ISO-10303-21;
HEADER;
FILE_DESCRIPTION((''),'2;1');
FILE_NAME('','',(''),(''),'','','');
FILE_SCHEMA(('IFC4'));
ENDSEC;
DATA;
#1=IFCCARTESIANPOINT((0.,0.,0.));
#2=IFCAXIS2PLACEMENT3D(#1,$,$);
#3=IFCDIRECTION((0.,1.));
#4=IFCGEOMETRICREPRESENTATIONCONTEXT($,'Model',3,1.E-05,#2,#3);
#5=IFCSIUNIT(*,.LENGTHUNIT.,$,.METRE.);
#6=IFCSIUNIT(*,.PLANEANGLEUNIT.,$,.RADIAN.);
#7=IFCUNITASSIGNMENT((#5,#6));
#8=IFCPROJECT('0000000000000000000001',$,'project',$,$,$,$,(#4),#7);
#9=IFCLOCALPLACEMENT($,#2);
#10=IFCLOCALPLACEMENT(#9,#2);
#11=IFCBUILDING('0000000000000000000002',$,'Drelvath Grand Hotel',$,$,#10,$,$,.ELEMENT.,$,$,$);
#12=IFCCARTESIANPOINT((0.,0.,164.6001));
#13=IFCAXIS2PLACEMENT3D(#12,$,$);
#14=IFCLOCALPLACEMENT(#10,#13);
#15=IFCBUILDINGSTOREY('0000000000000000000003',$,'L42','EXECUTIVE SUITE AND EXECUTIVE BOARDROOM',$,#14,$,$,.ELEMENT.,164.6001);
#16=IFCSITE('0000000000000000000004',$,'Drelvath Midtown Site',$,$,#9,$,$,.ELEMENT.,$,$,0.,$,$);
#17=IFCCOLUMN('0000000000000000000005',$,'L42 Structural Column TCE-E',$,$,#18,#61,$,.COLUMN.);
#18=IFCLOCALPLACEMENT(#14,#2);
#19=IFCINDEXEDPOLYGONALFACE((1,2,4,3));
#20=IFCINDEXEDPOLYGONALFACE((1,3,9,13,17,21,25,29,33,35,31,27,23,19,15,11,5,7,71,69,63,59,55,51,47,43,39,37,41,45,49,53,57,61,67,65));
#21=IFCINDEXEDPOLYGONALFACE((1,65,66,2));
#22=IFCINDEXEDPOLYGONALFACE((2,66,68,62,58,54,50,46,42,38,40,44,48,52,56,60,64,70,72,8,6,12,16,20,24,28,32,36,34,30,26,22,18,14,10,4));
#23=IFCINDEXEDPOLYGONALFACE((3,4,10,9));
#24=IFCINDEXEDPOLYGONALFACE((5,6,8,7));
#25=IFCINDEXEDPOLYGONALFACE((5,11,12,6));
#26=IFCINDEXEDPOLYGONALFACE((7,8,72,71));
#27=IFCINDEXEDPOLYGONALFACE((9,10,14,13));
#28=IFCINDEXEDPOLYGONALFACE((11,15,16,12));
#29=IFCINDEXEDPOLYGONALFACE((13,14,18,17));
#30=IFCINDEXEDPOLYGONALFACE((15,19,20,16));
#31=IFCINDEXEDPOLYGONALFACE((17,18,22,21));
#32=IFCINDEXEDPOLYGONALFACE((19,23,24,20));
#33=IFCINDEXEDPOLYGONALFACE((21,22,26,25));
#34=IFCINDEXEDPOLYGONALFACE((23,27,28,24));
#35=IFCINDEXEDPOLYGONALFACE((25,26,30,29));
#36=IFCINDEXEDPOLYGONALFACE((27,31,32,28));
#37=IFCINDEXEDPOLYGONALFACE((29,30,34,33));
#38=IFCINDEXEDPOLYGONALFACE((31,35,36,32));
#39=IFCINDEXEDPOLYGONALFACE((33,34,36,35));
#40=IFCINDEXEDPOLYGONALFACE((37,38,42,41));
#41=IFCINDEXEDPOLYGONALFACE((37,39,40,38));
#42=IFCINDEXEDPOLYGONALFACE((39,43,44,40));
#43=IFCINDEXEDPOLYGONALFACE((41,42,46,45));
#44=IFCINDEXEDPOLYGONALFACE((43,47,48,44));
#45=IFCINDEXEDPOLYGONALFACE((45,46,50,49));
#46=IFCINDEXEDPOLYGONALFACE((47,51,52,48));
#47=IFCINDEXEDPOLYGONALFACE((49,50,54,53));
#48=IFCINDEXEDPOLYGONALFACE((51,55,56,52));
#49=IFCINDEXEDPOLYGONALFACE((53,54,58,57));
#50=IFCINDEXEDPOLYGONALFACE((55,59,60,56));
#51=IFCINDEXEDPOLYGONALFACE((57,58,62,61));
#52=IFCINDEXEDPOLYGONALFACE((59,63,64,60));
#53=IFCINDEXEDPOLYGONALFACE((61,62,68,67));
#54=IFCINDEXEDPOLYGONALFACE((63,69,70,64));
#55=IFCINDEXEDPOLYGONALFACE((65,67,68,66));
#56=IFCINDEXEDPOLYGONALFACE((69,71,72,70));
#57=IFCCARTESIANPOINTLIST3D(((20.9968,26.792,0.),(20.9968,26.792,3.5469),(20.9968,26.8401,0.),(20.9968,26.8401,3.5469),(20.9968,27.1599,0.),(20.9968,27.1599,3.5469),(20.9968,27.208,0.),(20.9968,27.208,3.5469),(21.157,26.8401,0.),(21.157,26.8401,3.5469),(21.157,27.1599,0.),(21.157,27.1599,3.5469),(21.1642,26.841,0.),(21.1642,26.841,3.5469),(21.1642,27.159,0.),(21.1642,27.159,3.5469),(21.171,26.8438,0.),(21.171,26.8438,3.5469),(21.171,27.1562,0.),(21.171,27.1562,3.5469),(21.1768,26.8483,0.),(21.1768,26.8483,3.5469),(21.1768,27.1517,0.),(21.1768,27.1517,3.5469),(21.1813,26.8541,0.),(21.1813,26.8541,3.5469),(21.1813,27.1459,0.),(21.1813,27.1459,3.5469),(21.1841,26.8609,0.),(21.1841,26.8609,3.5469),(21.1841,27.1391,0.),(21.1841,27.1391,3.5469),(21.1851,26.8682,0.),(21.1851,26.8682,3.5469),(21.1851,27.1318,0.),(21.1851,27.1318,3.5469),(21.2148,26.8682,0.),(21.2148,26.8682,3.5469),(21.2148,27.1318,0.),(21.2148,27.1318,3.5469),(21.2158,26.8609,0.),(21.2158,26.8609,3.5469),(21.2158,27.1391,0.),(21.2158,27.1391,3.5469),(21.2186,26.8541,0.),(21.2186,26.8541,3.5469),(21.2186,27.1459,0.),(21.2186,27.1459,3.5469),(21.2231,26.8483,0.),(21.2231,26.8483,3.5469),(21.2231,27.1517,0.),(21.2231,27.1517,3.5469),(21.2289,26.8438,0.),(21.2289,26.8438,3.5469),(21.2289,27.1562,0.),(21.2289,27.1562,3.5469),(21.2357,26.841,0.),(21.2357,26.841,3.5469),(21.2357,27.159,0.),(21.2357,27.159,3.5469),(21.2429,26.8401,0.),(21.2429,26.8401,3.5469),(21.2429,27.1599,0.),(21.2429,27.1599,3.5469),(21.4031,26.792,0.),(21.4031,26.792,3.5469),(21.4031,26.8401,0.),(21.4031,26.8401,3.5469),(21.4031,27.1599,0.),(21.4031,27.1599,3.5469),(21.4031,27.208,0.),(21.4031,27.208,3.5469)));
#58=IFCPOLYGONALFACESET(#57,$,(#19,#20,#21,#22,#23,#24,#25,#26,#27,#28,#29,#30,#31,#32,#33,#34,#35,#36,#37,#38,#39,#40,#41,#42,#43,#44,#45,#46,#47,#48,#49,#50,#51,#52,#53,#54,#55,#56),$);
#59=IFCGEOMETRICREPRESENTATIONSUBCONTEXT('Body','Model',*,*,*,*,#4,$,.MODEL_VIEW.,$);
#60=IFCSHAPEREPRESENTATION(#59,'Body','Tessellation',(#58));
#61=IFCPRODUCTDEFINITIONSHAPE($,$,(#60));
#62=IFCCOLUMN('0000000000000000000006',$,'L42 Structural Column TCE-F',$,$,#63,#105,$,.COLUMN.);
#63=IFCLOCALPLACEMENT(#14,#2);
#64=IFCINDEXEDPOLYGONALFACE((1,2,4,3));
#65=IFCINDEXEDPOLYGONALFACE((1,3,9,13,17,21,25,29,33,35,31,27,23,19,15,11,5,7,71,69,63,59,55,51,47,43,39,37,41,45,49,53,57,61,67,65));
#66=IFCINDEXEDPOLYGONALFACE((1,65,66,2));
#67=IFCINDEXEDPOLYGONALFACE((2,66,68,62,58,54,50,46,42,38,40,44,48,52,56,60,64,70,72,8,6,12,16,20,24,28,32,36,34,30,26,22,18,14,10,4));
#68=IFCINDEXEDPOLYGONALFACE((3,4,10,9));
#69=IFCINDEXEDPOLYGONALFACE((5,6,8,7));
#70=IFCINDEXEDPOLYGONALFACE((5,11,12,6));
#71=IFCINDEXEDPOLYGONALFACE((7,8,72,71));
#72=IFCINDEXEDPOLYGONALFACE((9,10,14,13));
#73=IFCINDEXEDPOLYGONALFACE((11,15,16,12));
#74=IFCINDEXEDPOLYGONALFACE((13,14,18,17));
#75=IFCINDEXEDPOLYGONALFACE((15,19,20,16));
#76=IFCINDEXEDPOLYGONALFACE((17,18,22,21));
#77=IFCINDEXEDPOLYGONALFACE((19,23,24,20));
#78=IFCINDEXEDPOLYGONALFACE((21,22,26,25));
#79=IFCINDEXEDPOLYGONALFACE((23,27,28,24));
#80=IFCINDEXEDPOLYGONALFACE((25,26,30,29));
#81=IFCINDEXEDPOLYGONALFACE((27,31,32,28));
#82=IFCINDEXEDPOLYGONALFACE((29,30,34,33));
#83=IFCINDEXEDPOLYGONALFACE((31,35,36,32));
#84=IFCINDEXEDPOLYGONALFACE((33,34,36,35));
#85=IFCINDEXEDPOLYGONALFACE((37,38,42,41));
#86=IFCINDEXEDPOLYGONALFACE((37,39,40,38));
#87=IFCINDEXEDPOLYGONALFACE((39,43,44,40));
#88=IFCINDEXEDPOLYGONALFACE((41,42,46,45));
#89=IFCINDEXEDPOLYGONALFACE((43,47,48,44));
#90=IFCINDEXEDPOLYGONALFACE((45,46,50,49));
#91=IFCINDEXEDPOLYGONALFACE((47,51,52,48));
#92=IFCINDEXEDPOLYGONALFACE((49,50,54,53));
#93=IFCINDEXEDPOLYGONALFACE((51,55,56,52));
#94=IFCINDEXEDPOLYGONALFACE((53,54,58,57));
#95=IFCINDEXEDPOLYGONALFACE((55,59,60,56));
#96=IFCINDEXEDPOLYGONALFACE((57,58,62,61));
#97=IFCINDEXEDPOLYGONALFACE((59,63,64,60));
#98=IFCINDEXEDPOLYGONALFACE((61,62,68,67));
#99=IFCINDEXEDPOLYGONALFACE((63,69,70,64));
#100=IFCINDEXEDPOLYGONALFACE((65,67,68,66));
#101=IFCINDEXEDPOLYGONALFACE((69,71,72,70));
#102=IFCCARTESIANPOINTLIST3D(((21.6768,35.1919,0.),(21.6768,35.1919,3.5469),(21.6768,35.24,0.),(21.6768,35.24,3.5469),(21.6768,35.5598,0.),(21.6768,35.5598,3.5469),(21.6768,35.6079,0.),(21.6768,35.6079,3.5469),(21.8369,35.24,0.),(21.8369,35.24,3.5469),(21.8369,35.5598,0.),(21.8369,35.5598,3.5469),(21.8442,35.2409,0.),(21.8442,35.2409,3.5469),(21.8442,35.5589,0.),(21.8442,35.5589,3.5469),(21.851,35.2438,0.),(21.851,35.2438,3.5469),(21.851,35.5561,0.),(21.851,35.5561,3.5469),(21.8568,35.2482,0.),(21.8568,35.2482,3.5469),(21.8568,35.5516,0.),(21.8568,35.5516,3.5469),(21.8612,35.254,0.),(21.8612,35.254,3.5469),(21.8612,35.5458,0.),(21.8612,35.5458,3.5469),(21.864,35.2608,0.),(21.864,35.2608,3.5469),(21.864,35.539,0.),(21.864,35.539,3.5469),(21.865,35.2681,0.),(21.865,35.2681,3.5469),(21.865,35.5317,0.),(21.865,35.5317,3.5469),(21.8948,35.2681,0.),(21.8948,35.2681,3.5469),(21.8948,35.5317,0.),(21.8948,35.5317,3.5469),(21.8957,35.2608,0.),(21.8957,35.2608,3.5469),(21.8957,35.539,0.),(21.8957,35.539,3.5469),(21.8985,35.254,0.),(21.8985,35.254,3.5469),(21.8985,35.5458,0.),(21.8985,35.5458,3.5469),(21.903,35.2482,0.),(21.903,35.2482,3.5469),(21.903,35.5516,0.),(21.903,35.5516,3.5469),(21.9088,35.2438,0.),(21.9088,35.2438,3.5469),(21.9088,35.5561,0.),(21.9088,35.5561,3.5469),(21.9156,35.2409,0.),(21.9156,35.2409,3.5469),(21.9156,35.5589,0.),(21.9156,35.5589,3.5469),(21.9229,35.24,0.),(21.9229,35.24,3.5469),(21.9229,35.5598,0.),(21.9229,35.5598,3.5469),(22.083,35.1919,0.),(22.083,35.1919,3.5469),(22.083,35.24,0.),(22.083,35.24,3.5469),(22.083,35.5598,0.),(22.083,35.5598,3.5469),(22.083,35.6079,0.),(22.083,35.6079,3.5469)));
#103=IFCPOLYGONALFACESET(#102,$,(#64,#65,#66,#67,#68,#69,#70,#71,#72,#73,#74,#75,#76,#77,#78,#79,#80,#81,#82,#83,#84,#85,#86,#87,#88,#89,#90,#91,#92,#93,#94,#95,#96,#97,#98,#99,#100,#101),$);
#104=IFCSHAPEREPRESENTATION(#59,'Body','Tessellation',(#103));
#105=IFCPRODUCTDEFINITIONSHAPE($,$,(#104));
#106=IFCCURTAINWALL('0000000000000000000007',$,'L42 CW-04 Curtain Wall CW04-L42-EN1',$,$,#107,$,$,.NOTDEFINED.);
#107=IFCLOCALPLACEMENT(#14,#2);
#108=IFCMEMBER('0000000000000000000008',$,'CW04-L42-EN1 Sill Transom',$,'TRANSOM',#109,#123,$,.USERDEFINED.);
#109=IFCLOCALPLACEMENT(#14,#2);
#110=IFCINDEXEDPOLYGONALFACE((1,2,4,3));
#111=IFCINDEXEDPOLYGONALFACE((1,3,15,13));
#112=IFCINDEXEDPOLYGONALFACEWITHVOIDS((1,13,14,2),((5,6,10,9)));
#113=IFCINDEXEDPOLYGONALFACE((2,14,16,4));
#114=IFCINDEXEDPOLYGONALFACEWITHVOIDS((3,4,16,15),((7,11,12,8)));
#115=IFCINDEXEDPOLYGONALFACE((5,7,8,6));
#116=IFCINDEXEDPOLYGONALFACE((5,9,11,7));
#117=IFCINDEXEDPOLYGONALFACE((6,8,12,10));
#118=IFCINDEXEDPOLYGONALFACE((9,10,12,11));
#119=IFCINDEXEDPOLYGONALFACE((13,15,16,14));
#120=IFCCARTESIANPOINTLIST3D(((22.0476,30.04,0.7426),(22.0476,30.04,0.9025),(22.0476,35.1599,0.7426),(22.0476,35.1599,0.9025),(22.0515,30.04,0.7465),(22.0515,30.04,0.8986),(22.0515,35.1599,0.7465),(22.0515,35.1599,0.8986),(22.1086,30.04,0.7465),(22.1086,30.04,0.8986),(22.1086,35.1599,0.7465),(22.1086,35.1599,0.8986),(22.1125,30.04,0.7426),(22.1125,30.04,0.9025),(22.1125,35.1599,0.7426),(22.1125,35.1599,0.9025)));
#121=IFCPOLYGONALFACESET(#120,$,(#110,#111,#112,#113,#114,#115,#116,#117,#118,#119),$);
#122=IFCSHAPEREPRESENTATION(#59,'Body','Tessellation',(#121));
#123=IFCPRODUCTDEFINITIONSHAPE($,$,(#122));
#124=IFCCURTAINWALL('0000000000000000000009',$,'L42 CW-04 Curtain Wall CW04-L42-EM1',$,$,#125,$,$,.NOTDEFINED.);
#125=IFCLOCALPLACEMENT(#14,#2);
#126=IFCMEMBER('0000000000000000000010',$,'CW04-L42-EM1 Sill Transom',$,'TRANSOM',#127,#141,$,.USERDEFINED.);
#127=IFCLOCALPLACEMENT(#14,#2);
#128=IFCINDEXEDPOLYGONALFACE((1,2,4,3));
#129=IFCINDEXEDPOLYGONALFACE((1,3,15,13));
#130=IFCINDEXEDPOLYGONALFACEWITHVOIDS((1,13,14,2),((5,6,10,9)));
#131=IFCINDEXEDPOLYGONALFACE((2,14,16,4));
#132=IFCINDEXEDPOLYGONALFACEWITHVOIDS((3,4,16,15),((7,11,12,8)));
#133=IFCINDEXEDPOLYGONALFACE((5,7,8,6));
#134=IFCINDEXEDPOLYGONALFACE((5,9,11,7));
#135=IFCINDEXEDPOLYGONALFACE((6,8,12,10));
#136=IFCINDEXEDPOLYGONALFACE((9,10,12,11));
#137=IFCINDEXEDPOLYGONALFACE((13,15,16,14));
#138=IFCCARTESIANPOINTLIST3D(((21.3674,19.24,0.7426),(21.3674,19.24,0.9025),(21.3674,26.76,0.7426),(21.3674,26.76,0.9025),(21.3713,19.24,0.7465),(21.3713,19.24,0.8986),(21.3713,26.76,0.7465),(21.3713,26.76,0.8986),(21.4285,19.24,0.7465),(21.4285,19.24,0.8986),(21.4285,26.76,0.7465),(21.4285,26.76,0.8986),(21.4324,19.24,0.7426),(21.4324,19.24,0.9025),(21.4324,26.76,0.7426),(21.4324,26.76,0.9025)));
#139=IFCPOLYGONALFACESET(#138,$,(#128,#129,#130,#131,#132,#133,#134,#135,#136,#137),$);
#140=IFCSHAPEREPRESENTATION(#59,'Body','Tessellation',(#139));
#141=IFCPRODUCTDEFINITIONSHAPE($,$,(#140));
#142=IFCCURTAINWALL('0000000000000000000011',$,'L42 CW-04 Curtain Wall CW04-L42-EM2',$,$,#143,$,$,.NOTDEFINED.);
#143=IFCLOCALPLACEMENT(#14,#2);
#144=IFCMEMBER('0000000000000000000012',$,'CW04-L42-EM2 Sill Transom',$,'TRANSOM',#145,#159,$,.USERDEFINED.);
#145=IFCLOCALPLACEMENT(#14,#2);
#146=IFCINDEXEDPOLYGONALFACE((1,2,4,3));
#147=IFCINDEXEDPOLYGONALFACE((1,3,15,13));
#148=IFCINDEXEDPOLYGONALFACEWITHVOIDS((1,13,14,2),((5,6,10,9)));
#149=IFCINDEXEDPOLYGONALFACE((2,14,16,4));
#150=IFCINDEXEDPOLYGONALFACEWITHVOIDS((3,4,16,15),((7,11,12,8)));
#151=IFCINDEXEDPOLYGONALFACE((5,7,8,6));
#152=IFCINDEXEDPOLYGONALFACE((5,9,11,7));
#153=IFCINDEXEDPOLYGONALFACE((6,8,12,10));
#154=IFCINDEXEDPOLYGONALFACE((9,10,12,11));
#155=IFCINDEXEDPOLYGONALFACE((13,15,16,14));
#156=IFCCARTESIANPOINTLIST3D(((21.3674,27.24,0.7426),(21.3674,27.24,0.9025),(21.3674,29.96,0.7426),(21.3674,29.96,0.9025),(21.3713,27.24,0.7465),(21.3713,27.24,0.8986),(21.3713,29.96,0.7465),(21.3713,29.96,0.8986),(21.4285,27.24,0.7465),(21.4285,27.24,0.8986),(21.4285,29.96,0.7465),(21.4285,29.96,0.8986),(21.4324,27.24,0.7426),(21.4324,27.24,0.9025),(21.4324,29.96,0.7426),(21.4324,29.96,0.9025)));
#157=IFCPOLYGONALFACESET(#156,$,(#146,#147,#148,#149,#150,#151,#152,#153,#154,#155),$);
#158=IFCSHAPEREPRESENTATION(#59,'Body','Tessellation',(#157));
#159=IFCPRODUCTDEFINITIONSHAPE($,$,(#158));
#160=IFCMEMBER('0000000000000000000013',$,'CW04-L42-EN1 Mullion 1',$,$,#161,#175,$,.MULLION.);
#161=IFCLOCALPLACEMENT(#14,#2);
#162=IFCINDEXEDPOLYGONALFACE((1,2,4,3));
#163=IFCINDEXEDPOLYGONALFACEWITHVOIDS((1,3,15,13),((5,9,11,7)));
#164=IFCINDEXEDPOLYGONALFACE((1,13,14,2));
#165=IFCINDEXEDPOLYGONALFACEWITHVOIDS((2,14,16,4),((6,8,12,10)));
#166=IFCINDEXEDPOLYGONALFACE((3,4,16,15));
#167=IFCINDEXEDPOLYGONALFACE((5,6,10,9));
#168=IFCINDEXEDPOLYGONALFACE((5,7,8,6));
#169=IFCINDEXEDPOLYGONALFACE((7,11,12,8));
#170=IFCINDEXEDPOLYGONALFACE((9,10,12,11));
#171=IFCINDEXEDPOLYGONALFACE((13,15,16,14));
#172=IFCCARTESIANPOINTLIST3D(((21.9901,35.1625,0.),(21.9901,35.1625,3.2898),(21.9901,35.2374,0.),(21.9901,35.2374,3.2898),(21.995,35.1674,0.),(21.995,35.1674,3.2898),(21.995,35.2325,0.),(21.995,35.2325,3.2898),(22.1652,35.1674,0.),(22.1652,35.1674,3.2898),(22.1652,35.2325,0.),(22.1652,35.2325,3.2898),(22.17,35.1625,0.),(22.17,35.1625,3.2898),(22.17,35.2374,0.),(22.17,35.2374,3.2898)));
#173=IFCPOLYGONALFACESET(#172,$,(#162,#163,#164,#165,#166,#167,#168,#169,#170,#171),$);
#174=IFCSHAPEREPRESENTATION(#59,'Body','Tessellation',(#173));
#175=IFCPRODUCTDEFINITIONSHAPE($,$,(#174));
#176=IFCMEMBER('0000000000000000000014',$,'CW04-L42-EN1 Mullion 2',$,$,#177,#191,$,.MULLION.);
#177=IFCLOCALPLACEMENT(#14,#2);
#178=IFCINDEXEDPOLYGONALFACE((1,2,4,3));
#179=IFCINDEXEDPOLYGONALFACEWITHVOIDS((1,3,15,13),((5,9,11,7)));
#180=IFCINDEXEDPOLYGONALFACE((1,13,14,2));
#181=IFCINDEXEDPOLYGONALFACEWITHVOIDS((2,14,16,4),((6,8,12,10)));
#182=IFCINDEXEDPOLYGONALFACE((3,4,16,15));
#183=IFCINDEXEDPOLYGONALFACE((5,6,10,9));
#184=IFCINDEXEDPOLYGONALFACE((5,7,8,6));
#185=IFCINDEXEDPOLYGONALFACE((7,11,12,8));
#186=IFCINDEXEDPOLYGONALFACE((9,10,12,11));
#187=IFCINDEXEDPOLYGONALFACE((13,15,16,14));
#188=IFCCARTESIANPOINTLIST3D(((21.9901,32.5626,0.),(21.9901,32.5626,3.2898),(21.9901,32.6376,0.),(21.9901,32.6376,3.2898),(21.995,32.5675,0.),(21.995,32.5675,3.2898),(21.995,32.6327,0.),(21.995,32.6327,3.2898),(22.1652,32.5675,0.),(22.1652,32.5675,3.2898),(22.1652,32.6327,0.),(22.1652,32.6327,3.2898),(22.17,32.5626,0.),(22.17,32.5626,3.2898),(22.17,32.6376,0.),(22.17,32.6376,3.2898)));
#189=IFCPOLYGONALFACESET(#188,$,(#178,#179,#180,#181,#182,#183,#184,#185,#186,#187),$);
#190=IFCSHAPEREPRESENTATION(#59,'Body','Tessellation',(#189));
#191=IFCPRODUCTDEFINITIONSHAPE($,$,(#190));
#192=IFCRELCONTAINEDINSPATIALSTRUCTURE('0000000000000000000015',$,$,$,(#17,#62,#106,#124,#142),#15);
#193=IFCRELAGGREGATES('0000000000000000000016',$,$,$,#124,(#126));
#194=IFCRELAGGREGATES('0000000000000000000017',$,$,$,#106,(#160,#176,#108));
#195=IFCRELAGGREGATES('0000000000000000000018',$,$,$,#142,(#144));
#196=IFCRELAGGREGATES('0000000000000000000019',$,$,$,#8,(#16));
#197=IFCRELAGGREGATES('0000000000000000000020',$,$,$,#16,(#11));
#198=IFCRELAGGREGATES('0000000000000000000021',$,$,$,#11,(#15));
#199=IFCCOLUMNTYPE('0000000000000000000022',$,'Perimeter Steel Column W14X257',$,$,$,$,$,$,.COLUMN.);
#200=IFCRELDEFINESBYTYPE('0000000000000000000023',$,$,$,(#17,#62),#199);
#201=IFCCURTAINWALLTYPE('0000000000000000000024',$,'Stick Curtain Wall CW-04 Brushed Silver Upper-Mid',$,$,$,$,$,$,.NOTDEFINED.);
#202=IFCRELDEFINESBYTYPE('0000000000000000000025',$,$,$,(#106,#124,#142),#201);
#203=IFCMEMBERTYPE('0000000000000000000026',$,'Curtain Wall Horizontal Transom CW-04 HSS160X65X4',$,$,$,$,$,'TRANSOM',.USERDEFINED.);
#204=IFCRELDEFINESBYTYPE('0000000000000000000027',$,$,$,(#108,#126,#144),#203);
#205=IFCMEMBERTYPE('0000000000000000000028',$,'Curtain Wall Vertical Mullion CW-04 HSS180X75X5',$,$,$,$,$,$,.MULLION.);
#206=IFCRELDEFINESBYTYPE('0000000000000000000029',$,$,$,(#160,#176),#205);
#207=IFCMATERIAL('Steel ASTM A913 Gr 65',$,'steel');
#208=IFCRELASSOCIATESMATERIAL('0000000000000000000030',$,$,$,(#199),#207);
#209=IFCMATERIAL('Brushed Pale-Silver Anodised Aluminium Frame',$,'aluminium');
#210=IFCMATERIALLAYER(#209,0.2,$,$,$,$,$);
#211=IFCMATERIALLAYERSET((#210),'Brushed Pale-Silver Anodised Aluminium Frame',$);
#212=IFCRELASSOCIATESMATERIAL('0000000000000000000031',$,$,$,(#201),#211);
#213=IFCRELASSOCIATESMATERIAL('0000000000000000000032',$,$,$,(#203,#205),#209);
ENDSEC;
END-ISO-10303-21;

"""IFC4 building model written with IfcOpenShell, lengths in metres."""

from ifc_helpers import new_model, si_unit, direction, frame, origin, origin_2d, place, context, subcontext, project, spatial, hollow_rectangle, i_section, extrude, material, layer, layer_set, material_profile, profile_set, type_object, element, aggregate, save


model = new_model("IFC4")

# Units and contexts
model_context = context("Model", 3, precision=1e-05, world=origin(), true_north=direction((0.0, 1.0)))
body_context = subcontext(model_context, "Body", "Model", "MODEL_VIEW")
ifc_project = project(units=[si_unit("LENGTHUNIT", "METRE"), si_unit("PLANEANGLEUNIT", "RADIAN")], contexts=[model_context])

# Site, building, storey
site_placement = place(None, origin())
site = spatial("IfcSite", under=ifc_project, at=site_placement, Name="Drelvath Midtown Site", CompositionType="ELEMENT", RefElevation=0.0)
building_placement = place(site_placement, origin())
building = spatial("IfcBuilding", under=site, at=building_placement, Name="Drelvath Grand Hotel", CompositionType="ELEMENT")
storey_placement = place(building_placement, frame((0.0, 0.0, 164.6001)))
storey = spatial("IfcBuildingStorey", under=building, at=storey_placement, Name="L42", Description="EXECUTIVE SUITE AND EXECUTIVE BOARDROOM", CompositionType="ELEMENT", Elevation=164.6001)

# Columns
ifc_material_1 = material(Name="Steel ASTM A913 Gr 65", Category="steel")
ifc_material_profile_1 = material_profile(ifc_material_1, i_section(OverallWidth=0.4062, OverallDepth=0.416, WebThickness=0.0298, FlangeThickness=0.0481, FilletRadius=0.0281, at=origin_2d()), Name="W14X257")
ifc_profile_set_1 = profile_set([ifc_material_profile_1], Name="Steel ASTM A913 Gr 65")
column_type = type_object("IfcColumnType", Name="Perimeter Steel Column W14X257", PredefinedType="COLUMN", material=ifc_profile_set_1)
for number, where, z_axis, x_axis, name in (
    (1, (21.2, 27.0, 0.0), (0.0, 0.0, 1.0), (1.0, 0.0, 0.0), "L42 Structural Column TCE-E"),
    (2, (21.8799, 35.3999, 0.0), (0.0, 0.0, 1.0), (1.0, 0.0, 0.0), "L42 Structural Column TCE-F"),
):
    element("IfcColumn", number, at=place(storey_placement, frame(where, z_axis=z_axis, x_axis=x_axis)), inside=storey, type_object=column_type, Name=name, PredefinedType="COLUMN", context=body_context, shape_type="SweptSolid", body=[
        extrude(i_section(OverallWidth=0.4062, OverallDepth=0.416, WebThickness=0.0298, FlangeThickness=0.0481, FilletRadius=0.0281, at=origin_2d()), origin(), (0.0, 0.0, 1.0), 3.5469),
    ])

# Curtain walls, members
ifc_material_2 = material(Name="Brushed Pale-Silver Anodised Aluminium Frame", Category="aluminium")
ifc_layer_1 = layer(ifc_material_2, 0.2)
ifc_layer_set_1 = layer_set([ifc_layer_1], Name="Brushed Pale-Silver Anodised Aluminium Frame")
curtain_wall_type = type_object("IfcCurtainWallType", Name="Stick Curtain Wall CW-04 Brushed Silver Upper-Mid", PredefinedType="NOTDEFINED", material=ifc_layer_set_1)
curtain_wall_1_placement = place(storey_placement, origin())
curtain_wall_1 = element("IfcCurtainWall", 3, at=curtain_wall_1_placement, inside=storey, type_object=curtain_wall_type, Name="L42 CW-04 Curtain Wall CW04-L42-EN1", PredefinedType="NOTDEFINED")
ifc_material_profile_2 = material_profile(ifc_material_2, hollow_rectangle(XDim=0.0649, YDim=0.1599, WallThickness=0.0039, at=origin_2d()), Name="HSS160X65X4")
ifc_profile_set_2 = profile_set([ifc_material_profile_2], Name="Brushed Pale-Silver Anodised Aluminium Frame")
member_type_1 = type_object("IfcMemberType", Name="Curtain Wall Horizontal Transom CW-04 HSS160X65X4", ElementType="TRANSOM", PredefinedType="USERDEFINED", material=ifc_profile_set_2)
member_1_placement = place(storey_placement, frame((22.0801, 35.1599, 0.8225), z_axis=(0.0, -1.0, 0.0), x_axis=(1.0, 0.0, 0.0)))
member_1 = element("IfcMember", 4, at=member_1_placement, type_object=member_type_1, Name="CW04-L42-EN1 Sill Transom", ObjectType="TRANSOM", PredefinedType="USERDEFINED", context=body_context, shape_type="SweptSolid", body=[
    extrude(hollow_rectangle(XDim=0.0649, YDim=0.1599, WallThickness=0.0039, at=origin_2d()), origin(), (0.0, 0.0, 1.0), 5.1199),
])
curtain_wall_2_placement = place(storey_placement, origin())
curtain_wall_2 = element("IfcCurtainWall", 5, at=curtain_wall_2_placement, inside=storey, type_object=curtain_wall_type, Name="L42 CW-04 Curtain Wall CW04-L42-EM1", PredefinedType="NOTDEFINED")
member_2_placement = place(storey_placement, frame((21.3999, 26.76, 0.8225), z_axis=(0.0, -1.0, 0.0), x_axis=(1.0, 0.0, 0.0)))
member_2 = element("IfcMember", 6, at=member_2_placement, type_object=member_type_1, Name="CW04-L42-EM1 Sill Transom", ObjectType="TRANSOM", PredefinedType="USERDEFINED", context=body_context, shape_type="SweptSolid", body=[
    extrude(hollow_rectangle(XDim=0.0649, YDim=0.1599, WallThickness=0.0039, at=origin_2d()), origin(), (0.0, 0.0, 1.0), 7.52),
])
curtain_wall_3_placement = place(storey_placement, origin())
curtain_wall_3 = element("IfcCurtainWall", 7, at=curtain_wall_3_placement, inside=storey, type_object=curtain_wall_type, Name="L42 CW-04 Curtain Wall CW04-L42-EM2", PredefinedType="NOTDEFINED")
member_3_placement = place(storey_placement, frame((21.3999, 29.96, 0.8225), z_axis=(0.0, -1.0, 0.0), x_axis=(1.0, 0.0, 0.0)))
member_3 = element("IfcMember", 8, at=member_3_placement, type_object=member_type_1, Name="CW04-L42-EM2 Sill Transom", ObjectType="TRANSOM", PredefinedType="USERDEFINED", context=body_context, shape_type="SweptSolid", body=[
    extrude(hollow_rectangle(XDim=0.0649, YDim=0.1599, WallThickness=0.0039, at=origin_2d()), origin(), (0.0, 0.0, 1.0), 2.72),
])

# Members
ifc_material_profile_3 = material_profile(ifc_material_2, hollow_rectangle(XDim=0.075, YDim=0.1799, WallThickness=0.0049, at=origin_2d()), Name="HSS180X75X5")
ifc_profile_set_3 = profile_set([ifc_material_profile_3], Name="Brushed Pale-Silver Anodised Aluminium Frame")
member_type_2 = type_object("IfcMemberType", Name="Curtain Wall Vertical Mullion CW-04 HSS180X75X5", PredefinedType="MULLION", material=ifc_profile_set_3)
member_4_placement = place(storey_placement, frame((22.0801, 35.2, 0.0), z_axis=(0.0, 0.0, 1.0), x_axis=(0.0, 1.0, 0.0)))
member_4 = element("IfcMember", 9, at=member_4_placement, type_object=member_type_2, Name="CW04-L42-EN1 Mullion 1", PredefinedType="MULLION", context=body_context, shape_type="SweptSolid", body=[
    extrude(hollow_rectangle(XDim=0.075, YDim=0.1799, WallThickness=0.0049, at=origin_2d()), origin(), (0.0, 0.0, 1.0), 3.2898),
])
member_5_placement = place(storey_placement, frame((22.0801, 32.6001, 0.0), z_axis=(0.0, 0.0, 1.0), x_axis=(0.0, 1.0, 0.0)))
member_5 = element("IfcMember", 10, at=member_5_placement, type_object=member_type_2, Name="CW04-L42-EN1 Mullion 2", PredefinedType="MULLION", context=body_context, shape_type="SweptSolid", body=[
    extrude(hollow_rectangle(XDim=0.075, YDim=0.1799, WallThickness=0.0049, at=origin_2d()), origin(), (0.0, 0.0, 1.0), 3.2898),
])

aggregate(curtain_wall_2, [member_2])

aggregate(curtain_wall_1, [member_4, member_5, member_1])
aggregate(curtain_wall_3, [member_3])

save(model, "model.ifc")
